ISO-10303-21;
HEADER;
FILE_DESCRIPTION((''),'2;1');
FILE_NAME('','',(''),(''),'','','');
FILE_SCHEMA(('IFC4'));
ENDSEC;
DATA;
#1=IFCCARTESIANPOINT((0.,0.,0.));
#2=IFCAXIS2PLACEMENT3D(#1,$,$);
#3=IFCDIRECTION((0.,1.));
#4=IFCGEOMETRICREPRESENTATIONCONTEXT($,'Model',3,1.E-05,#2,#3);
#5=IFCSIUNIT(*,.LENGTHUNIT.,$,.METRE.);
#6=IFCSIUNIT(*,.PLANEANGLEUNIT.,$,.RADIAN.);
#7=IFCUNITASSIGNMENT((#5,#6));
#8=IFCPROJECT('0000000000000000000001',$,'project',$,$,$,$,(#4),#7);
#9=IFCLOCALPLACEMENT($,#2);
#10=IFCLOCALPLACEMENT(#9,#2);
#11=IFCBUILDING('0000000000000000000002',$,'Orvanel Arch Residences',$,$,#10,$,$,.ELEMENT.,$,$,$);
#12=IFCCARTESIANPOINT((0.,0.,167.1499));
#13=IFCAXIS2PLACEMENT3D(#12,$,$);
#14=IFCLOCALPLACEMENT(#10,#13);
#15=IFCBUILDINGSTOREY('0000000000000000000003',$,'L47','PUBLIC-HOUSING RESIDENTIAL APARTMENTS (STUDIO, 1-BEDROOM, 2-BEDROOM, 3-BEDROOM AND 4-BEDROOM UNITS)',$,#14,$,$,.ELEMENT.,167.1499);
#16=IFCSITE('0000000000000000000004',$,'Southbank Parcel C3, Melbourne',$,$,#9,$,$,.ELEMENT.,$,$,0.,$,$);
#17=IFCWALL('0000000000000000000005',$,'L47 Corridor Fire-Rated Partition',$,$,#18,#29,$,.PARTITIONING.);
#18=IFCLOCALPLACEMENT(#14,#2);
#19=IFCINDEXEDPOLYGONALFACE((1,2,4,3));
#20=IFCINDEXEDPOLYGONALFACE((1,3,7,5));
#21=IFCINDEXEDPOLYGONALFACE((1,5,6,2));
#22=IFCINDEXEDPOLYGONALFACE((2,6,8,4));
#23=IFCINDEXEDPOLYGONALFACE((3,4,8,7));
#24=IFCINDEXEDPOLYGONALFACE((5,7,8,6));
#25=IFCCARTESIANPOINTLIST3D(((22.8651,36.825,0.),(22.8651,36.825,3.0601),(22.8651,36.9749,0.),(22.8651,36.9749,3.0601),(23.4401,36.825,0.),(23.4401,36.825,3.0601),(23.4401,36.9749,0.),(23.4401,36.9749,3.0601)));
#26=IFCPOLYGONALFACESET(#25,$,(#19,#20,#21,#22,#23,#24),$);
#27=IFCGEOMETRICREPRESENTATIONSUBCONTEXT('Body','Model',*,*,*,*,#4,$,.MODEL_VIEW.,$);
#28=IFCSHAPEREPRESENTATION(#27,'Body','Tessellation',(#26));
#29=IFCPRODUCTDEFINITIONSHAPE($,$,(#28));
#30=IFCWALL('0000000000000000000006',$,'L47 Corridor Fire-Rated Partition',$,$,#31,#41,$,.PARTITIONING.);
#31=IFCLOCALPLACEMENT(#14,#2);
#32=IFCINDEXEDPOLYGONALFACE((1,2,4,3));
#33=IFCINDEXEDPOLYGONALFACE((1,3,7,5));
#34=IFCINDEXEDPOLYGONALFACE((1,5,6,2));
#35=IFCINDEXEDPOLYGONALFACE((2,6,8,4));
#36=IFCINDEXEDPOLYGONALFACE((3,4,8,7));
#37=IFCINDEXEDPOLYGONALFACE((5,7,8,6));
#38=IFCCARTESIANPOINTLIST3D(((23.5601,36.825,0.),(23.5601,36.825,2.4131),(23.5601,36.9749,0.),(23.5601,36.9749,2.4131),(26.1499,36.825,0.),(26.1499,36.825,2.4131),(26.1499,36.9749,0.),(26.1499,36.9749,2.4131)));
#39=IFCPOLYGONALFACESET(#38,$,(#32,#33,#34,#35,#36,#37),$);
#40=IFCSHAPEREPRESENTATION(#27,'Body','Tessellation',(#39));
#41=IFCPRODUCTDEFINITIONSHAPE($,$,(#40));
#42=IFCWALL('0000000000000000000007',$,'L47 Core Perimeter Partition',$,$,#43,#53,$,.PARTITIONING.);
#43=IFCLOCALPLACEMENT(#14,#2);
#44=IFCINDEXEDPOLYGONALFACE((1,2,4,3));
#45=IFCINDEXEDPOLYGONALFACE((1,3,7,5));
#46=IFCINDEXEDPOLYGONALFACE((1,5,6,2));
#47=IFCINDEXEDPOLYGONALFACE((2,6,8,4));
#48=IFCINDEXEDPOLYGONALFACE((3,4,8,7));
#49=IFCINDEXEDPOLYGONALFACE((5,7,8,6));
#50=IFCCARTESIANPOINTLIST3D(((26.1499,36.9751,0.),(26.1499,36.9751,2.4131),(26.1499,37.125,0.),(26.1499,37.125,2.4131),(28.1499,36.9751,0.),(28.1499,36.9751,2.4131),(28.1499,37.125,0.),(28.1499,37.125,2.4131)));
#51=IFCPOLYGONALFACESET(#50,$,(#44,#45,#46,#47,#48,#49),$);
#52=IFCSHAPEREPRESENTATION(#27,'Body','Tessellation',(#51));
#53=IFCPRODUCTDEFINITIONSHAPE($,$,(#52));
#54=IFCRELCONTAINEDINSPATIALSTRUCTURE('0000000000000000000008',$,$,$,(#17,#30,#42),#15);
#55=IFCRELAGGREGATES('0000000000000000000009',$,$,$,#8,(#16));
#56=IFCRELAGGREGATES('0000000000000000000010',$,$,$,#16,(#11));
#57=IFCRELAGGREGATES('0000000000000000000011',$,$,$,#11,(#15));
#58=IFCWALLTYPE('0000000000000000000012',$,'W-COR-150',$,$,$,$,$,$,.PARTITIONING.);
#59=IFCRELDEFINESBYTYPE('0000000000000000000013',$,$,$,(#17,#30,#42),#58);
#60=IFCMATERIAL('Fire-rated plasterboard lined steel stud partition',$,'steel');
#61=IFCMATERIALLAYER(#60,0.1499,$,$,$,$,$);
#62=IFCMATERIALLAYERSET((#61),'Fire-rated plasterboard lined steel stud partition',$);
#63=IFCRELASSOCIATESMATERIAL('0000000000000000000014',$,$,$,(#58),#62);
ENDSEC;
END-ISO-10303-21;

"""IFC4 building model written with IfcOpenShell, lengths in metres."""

from ifc_helpers import new_model, si_unit, direction, frame, frame_2d, origin, place, context, subcontext, project, spatial, rectangle, extrude, material, layer, layer_set, type_object, element, save


model = new_model("IFC4")

# Units and contexts
model_context = context("Model", 3, precision=1e-05, world=origin(), true_north=direction((0.0, 1.0)))
body_context = subcontext(model_context, "Body", "Model", "MODEL_VIEW")
ifc_project = project(units=[si_unit("LENGTHUNIT", "METRE"), si_unit("PLANEANGLEUNIT", "RADIAN")], contexts=[model_context])

# Site, building, storey
site_placement = place(None, origin())
site = spatial("IfcSite", under=ifc_project, at=site_placement, Name="Southbank Parcel C3, Melbourne", CompositionType="ELEMENT", RefElevation=0.0)
building_placement = place(site_placement, origin())
building = spatial("IfcBuilding", under=site, at=building_placement, Name="Orvanel Arch Residences", CompositionType="ELEMENT")
storey_placement = place(building_placement, frame((0.0, 0.0, 167.1499)))
storey = spatial("IfcBuildingStorey", under=building, at=storey_placement, Name="L47", Description="PUBLIC-HOUSING RESIDENTIAL APARTMENTS (STUDIO, 1-BEDROOM, 2-BEDROOM, 3-BEDROOM AND 4-BEDROOM UNITS)", CompositionType="ELEMENT", Elevation=167.1499)

# Walls
ifc_material_1 = material(Name="Fire-rated plasterboard lined steel stud partition", Category="steel")
ifc_layer_1 = layer(ifc_material_1, 0.1499)
ifc_layer_set_1 = layer_set([ifc_layer_1], Name="Fire-rated plasterboard lined steel stud partition")
wall_type_1 = type_object("IfcWallType", Name="W-COR-150", PredefinedType="PARTITIONING", material=ifc_layer_set_1)
wall_1_placement = place(storey_placement, frame((22.865, 36.8999, 0.0), z_axis=(0.0, 0.0, 1.0), x_axis=(1.0, 0.0, 0.0)))
element("IfcWall", 1, at=wall_1_placement, inside=storey, type_object=wall_type_1, Name="L47 Corridor Fire-Rated Partition", PredefinedType="PARTITIONING", context=body_context, shape_type="SweptSolid", body=[
    extrude(rectangle(XDim=0.575, YDim=0.1499, at=frame_2d((0.2876, 0.0))), origin(), (0.0, 0.0, 1.0), 3.0601),
])
wall_2_placement = place(storey_placement, frame((23.5601, 36.8999, 0.0), z_axis=(0.0, 0.0, 1.0), x_axis=(1.0, 0.0, 0.0)))
element("IfcWall", 2, at=wall_2_placement, inside=storey, type_object=wall_type_1, Name="L47 Corridor Fire-Rated Partition", PredefinedType="PARTITIONING", context=body_context, shape_type="SweptSolid", body=[
    extrude(rectangle(XDim=2.5898, YDim=0.1499, at=frame_2d((1.2949, 0.0))), origin(), (0.0, 0.0, 1.0), 2.4131),
])
wall_3_placement = place(storey_placement, frame((26.1499, 37.05, 0.0), z_axis=(0.0, 0.0, 1.0), x_axis=(1.0, 0.0, 0.0)))
element("IfcWall", 3, at=wall_3_placement, inside=storey, type_object=wall_type_1, Name="L47 Core Perimeter Partition", PredefinedType="PARTITIONING", context=body_context, shape_type="SweptSolid", body=[
    extrude(rectangle(XDim=2.0, YDim=0.1499, at=frame_2d((1.0, 0.0))), origin(), (0.0, 0.0, 1.0), 2.4131),
])

save(model, "model.ifc")
